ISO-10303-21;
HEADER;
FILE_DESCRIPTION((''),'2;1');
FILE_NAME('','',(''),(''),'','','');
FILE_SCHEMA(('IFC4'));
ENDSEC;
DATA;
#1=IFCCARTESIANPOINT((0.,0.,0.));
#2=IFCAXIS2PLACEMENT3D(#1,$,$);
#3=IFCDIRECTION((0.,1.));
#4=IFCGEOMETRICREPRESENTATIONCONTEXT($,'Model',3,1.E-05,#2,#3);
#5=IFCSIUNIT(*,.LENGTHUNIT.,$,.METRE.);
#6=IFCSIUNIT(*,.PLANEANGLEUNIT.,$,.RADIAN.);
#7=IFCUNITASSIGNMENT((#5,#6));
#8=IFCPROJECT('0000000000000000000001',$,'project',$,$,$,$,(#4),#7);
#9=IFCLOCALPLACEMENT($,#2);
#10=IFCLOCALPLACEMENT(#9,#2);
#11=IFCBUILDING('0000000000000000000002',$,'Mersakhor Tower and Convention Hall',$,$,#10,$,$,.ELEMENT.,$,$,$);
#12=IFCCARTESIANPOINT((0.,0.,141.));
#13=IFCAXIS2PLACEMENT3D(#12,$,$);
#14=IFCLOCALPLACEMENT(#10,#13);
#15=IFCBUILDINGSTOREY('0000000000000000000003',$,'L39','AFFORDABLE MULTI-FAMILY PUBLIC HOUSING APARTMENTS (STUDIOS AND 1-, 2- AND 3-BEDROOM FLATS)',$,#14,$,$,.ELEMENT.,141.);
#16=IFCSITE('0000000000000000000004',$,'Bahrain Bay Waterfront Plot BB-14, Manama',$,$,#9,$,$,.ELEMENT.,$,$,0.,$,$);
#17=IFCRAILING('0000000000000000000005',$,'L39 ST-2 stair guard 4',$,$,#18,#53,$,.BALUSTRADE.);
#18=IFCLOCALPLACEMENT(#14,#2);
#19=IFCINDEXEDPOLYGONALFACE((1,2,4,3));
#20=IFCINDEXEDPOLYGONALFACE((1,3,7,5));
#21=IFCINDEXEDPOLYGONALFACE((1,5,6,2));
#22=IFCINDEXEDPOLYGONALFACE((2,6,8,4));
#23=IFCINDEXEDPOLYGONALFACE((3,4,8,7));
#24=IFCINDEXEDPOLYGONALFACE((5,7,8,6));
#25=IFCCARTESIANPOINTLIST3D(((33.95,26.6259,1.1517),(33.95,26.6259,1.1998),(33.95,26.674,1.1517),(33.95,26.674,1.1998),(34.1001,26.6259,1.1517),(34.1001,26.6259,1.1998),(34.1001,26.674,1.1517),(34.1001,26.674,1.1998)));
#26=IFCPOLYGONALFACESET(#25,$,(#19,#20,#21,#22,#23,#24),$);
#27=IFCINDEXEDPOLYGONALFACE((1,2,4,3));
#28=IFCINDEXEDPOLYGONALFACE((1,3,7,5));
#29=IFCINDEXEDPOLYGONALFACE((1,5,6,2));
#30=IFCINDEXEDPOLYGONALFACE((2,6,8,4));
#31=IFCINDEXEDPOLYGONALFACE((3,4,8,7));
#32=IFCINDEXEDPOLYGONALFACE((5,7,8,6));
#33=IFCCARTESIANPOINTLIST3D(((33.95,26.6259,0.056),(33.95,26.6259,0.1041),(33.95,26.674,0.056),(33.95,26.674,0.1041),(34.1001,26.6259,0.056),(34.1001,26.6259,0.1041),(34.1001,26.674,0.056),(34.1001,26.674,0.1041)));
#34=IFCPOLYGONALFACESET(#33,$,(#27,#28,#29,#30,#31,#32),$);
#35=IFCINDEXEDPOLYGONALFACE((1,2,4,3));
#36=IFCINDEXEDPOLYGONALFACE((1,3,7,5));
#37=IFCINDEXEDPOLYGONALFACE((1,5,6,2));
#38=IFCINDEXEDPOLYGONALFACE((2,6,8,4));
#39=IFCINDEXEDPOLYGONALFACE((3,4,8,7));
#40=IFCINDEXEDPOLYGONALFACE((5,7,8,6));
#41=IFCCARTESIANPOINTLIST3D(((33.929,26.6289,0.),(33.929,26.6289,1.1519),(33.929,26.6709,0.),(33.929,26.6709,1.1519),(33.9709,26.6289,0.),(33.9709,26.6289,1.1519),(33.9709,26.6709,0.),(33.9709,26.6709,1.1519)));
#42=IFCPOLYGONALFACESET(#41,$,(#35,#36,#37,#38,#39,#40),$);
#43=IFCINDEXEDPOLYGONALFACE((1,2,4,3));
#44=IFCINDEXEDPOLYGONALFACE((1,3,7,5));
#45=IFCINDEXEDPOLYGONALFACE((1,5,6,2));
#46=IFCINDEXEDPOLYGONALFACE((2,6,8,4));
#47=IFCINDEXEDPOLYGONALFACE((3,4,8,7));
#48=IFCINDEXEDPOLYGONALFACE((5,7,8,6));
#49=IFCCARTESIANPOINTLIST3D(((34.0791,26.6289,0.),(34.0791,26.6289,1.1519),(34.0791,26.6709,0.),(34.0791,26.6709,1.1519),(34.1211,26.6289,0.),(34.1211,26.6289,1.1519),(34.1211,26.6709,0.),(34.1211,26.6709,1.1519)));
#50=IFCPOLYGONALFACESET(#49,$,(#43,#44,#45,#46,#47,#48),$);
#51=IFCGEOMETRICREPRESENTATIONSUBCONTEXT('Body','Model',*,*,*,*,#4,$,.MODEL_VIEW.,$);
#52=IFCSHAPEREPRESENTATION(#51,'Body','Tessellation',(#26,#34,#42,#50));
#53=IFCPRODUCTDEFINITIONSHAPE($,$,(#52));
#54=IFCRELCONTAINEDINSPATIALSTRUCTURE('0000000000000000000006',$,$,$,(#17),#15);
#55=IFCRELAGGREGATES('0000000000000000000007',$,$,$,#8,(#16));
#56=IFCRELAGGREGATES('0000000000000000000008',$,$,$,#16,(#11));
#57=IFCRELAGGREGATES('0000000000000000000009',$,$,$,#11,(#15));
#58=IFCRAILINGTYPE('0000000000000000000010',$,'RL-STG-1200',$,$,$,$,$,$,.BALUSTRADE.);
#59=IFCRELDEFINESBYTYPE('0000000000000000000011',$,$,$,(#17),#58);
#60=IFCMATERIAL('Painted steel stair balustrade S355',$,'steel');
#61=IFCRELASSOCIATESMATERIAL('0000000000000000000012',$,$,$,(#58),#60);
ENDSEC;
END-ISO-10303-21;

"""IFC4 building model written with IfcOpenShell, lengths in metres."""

from ifc_helpers import new_model, si_unit, direction, frame, origin, origin_2d, place, context, subcontext, project, spatial, rectangle, extrude, material, type_object, element, save


model = new_model("IFC4")

# Units and contexts
model_context = context("Model", 3, precision=1e-05, world=origin(), true_north=direction((0.0, 1.0)))
body_context = subcontext(model_context, "Body", "Model", "MODEL_VIEW")
ifc_project = project(units=[si_unit("LENGTHUNIT", "METRE"), si_unit("PLANEANGLEUNIT", "RADIAN")], contexts=[model_context])

# Site, building, storey
site_placement = place(None, origin())
site = spatial("IfcSite", under=ifc_project, at=site_placement, Name="Bahrain Bay Waterfront Plot BB-14, Manama", CompositionType="ELEMENT", RefElevation=0.0)
building_placement = place(site_placement, origin())
building = spatial("IfcBuilding", under=site, at=building_placement, Name="Mersakhor Tower and Convention Hall", CompositionType="ELEMENT")
storey_placement = place(building_placement, frame((0.0, 0.0, 141.0)))
storey = spatial("IfcBuildingStorey", under=building, at=storey_placement, Name="L39", Description="AFFORDABLE MULTI-FAMILY PUBLIC HOUSING APARTMENTS (STUDIOS AND 1-, 2- AND 3-BEDROOM FLATS)", CompositionType="ELEMENT", Elevation=141.0)

# Railing
ifc_material_1 = material(Name="Painted steel stair balustrade S355", Category="steel")
railing_type_1 = type_object("IfcRailingType", Name="RL-STG-1200", PredefinedType="BALUSTRADE", material=ifc_material_1)
railing_1_placement = place(storey_placement, frame((33.95, 26.6499, 0.0)))
element("IfcRailing", 1, at=railing_1_placement, inside=storey, type_object=railing_type_1, Name="L39 ST-2 stair guard 4", PredefinedType="BALUSTRADE", context=body_context, shape_type="SweptSolid", body=[
    extrude(rectangle(XDim=0.0481, YDim=0.0481, at=origin_2d()), frame((0.0, 0.0, 1.1758), z_axis=(1.0, 0.0, 0.0), x_axis=(0.0, 1.0, 0.0)), (0.0, 0.0, 1.0), 0.1501),
    extrude(rectangle(XDim=0.0481, YDim=0.0481, at=origin_2d()), frame((0.0, 0.0, 0.0801), z_axis=(1.0, 0.0, 0.0), x_axis=(0.0, 1.0, 0.0)), (0.0, 0.0, 1.0), 0.1501),
    extrude(rectangle(XDim=0.042, YDim=0.042, at=origin_2d()), origin(), (0.0, 0.0, 1.0), 1.1519),
    extrude(rectangle(XDim=0.042, YDim=0.042, at=origin_2d()), frame((0.1501, 0.0, 0.0)), (0.0, 0.0, 1.0), 1.1519),
])

save(model, "model.ifc")
